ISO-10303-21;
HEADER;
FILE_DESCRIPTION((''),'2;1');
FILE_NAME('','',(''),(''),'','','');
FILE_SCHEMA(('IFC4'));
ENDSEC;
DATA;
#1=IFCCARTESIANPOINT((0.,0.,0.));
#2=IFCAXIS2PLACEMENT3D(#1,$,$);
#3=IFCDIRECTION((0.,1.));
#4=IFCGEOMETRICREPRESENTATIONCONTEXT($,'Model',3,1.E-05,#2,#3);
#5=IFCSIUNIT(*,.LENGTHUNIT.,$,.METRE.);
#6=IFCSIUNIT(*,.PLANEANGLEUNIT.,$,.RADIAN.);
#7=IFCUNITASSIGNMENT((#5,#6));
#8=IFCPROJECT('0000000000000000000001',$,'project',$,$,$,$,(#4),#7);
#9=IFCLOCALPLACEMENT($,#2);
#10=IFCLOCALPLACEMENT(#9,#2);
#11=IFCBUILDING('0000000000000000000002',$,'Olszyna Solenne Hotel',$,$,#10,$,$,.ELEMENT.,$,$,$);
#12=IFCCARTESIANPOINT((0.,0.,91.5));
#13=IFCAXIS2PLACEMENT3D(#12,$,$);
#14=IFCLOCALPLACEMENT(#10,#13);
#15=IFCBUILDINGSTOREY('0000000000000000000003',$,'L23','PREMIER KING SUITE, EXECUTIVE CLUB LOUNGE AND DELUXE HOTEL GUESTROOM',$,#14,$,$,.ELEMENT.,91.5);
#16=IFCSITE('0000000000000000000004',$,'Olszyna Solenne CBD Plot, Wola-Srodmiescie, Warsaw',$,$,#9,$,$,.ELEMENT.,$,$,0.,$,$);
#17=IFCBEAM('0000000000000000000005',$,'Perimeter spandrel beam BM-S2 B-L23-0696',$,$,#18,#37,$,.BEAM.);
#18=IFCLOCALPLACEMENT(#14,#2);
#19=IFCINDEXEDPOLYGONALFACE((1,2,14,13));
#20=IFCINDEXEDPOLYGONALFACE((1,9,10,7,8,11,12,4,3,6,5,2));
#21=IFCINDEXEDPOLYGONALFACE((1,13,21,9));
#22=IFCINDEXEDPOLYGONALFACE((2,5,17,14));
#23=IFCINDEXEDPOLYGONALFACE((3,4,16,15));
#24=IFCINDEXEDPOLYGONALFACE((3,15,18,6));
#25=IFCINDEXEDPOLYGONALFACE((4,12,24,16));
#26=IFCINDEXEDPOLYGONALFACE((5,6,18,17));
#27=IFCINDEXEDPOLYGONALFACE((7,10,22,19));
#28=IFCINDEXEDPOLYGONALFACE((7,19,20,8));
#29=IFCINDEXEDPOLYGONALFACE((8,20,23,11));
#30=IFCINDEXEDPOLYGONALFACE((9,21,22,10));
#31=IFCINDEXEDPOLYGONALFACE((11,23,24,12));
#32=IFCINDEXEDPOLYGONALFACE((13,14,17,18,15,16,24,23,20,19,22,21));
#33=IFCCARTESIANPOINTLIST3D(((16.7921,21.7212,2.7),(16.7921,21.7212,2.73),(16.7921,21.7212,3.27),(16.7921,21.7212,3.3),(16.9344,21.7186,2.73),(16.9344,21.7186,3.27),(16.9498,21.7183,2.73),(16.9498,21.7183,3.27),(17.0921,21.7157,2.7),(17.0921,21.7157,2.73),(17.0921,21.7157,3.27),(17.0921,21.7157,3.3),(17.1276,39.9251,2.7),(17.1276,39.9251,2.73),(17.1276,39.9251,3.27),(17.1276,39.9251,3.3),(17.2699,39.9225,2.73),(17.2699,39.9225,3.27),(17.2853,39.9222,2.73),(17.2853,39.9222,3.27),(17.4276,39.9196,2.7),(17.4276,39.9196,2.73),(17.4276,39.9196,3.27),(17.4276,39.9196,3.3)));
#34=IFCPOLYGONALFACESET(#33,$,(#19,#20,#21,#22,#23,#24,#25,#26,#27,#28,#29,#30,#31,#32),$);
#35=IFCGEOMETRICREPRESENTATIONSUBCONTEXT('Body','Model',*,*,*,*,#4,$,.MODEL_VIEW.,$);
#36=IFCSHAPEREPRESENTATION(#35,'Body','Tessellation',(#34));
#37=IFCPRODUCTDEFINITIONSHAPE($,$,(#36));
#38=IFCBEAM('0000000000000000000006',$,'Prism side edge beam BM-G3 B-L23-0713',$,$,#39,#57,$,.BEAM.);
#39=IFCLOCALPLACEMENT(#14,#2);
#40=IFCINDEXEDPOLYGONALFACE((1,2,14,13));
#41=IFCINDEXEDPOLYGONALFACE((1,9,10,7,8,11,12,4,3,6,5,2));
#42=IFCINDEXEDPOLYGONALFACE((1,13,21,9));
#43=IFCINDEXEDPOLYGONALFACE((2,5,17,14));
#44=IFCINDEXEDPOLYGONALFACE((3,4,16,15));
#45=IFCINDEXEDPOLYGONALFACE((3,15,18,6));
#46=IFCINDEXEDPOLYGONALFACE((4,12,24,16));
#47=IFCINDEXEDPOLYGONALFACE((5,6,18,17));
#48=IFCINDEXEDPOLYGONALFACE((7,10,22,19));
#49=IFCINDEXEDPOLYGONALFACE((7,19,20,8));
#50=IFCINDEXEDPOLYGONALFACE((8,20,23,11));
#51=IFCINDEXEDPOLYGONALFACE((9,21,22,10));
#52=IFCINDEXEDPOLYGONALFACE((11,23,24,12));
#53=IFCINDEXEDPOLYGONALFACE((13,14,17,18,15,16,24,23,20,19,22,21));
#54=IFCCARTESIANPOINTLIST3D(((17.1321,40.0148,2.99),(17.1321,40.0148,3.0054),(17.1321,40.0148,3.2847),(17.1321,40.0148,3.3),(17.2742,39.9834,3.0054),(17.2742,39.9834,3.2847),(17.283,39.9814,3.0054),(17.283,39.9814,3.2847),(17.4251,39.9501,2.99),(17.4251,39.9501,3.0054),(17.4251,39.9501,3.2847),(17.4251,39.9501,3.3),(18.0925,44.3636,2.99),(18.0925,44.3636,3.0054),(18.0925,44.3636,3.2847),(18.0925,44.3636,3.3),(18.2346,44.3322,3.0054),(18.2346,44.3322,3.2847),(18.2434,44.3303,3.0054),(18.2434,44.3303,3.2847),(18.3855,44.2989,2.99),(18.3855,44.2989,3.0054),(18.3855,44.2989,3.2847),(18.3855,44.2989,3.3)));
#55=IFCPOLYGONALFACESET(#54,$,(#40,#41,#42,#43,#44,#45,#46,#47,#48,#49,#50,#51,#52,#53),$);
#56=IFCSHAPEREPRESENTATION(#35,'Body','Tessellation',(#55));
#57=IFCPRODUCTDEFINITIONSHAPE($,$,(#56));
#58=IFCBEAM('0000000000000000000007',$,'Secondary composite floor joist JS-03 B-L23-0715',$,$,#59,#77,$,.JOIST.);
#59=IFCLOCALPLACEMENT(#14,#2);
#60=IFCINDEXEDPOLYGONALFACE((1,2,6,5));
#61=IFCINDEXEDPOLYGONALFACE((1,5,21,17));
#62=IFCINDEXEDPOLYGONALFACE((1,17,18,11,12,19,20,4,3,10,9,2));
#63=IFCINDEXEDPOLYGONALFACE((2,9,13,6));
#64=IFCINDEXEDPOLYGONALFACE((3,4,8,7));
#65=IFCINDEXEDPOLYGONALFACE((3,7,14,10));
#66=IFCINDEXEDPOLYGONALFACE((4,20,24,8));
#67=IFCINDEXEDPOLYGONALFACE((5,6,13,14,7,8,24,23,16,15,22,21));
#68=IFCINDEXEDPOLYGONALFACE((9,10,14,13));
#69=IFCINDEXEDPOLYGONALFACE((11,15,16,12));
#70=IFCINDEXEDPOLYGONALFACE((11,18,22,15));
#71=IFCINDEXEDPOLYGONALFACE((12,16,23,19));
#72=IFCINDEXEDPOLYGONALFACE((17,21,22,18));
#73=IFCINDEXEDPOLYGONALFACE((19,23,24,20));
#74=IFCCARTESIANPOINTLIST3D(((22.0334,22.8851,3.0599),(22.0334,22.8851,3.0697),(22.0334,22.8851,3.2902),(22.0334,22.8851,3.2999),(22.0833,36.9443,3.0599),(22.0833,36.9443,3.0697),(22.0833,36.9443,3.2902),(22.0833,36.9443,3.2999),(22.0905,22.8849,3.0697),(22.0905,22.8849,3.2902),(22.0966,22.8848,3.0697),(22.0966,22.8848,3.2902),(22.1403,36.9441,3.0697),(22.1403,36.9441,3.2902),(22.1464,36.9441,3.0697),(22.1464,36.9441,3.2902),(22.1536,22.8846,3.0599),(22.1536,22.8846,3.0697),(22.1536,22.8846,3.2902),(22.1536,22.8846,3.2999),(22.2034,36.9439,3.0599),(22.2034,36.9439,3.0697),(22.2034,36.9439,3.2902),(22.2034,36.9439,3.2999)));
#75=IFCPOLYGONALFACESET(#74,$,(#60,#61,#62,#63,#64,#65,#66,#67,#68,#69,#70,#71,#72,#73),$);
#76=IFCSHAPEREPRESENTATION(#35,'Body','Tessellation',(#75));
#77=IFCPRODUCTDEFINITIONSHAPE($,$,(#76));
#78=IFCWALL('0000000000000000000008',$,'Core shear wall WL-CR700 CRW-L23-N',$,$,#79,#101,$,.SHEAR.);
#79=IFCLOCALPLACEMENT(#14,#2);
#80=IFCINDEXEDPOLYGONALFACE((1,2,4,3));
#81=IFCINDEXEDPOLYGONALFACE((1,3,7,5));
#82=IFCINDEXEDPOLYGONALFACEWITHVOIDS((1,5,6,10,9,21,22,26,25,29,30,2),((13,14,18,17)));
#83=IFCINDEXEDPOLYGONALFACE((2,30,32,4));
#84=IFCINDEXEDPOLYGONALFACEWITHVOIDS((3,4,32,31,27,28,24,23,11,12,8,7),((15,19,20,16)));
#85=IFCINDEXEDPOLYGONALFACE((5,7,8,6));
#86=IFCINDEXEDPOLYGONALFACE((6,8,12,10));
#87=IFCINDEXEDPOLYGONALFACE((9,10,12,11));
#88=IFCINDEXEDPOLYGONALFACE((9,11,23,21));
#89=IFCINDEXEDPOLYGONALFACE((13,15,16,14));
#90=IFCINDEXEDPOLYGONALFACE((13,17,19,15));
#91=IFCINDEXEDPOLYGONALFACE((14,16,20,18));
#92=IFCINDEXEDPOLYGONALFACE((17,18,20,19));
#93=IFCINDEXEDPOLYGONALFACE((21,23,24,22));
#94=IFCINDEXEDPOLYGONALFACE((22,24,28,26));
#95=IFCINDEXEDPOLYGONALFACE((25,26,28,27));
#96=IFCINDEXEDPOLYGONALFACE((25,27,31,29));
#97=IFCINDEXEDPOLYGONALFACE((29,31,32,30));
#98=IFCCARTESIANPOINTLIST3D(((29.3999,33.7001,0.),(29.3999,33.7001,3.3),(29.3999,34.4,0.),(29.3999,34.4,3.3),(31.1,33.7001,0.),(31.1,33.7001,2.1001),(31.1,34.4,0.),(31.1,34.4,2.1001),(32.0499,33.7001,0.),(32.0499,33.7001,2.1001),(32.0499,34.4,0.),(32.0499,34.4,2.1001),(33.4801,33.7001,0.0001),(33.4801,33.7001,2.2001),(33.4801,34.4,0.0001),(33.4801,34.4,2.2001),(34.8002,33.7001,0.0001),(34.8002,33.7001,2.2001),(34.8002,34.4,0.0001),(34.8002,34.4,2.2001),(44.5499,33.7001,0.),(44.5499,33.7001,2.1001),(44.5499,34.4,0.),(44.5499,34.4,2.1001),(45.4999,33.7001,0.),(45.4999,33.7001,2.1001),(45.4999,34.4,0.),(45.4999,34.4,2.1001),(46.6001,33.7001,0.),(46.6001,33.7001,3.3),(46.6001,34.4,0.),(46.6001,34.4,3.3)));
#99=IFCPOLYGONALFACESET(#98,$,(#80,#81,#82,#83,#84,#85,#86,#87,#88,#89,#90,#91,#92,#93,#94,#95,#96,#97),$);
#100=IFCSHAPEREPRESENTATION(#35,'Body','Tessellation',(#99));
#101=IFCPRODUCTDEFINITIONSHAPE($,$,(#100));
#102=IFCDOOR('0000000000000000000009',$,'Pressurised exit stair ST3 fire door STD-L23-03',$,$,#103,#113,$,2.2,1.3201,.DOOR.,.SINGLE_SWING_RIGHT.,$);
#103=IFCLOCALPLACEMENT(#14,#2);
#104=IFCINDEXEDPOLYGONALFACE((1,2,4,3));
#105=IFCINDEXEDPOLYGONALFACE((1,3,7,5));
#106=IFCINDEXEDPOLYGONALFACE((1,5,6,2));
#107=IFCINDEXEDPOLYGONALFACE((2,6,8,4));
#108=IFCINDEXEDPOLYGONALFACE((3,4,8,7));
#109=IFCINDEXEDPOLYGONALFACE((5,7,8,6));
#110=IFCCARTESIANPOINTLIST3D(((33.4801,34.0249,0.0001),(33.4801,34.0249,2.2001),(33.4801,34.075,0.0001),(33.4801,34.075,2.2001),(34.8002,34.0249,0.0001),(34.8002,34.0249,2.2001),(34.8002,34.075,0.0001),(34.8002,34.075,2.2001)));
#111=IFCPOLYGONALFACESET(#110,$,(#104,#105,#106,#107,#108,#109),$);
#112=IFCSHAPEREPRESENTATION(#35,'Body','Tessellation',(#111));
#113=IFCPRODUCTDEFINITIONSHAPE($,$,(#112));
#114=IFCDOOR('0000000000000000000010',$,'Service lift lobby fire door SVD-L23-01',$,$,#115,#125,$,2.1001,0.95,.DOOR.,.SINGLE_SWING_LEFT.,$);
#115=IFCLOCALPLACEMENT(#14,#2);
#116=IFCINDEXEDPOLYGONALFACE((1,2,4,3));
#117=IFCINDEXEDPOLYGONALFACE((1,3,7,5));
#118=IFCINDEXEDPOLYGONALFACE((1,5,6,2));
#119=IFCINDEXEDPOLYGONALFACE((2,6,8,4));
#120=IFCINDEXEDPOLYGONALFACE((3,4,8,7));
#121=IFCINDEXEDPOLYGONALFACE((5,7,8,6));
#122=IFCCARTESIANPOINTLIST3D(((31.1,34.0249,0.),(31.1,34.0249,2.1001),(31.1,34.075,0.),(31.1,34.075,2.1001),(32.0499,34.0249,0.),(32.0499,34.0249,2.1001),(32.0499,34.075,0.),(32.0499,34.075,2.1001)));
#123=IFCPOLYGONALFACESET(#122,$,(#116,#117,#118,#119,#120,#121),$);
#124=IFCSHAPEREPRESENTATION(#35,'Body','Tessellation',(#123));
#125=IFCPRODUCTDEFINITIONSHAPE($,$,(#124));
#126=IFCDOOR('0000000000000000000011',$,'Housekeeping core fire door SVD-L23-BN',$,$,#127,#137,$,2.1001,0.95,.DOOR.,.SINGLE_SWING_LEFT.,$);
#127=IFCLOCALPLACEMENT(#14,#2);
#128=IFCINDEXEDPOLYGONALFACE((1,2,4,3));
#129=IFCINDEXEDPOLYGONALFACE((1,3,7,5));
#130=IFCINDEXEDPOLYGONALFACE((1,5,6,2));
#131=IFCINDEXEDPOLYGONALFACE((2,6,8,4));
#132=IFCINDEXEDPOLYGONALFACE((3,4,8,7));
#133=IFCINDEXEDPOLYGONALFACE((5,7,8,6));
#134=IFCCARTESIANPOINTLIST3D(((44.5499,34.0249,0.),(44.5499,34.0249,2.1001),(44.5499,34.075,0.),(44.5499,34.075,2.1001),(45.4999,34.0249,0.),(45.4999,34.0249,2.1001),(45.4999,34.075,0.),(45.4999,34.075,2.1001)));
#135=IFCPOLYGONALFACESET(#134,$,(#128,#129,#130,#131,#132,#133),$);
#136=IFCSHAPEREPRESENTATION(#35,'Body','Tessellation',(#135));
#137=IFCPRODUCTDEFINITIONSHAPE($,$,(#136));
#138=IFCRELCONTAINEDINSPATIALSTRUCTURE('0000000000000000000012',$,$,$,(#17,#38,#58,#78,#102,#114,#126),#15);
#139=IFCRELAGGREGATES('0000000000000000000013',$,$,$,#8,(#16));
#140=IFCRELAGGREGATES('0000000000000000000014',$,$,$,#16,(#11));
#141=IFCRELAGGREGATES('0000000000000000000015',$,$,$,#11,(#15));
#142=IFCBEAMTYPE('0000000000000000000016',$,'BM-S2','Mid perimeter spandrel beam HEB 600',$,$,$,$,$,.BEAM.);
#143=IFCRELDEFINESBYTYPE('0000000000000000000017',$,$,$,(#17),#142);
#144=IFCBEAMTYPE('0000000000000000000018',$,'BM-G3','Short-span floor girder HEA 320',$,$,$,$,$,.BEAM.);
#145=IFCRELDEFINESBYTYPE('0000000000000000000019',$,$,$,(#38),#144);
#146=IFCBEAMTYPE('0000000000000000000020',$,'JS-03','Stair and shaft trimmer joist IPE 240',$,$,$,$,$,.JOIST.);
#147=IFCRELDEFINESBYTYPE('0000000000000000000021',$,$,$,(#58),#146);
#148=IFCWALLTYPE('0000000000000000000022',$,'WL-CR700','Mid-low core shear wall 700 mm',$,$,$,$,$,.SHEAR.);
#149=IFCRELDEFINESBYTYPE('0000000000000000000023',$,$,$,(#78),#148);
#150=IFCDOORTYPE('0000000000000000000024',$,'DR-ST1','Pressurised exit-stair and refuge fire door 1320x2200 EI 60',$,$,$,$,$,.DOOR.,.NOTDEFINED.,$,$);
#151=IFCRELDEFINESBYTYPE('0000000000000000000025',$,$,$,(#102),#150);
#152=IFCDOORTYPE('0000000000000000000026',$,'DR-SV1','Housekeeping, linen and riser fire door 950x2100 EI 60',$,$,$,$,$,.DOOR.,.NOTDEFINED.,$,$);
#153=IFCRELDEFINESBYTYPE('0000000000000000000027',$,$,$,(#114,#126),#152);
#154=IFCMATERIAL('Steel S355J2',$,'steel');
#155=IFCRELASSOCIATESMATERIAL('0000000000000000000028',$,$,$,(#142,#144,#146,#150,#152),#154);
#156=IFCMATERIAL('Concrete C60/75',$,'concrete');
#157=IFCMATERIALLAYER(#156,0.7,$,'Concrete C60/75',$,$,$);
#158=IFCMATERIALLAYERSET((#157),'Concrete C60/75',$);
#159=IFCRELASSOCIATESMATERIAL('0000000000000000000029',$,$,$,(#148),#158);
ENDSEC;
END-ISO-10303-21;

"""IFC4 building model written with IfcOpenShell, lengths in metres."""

from ifc_helpers import new_model, si_unit, direction, frame, frame_2d, origin, origin_2d, place, context, subcontext, project, spatial, rectangle, i_section, extrude, source, transform, mapped, material, layer, layer_set, material_profile, profile_set, type_object, type_shapes, element, fill, save


model = new_model("IFC4")

# Units and contexts
model_context = context("Model", 3, precision=1e-05, world=origin(), true_north=direction((0.0, 1.0)))
body_context = subcontext(model_context, "Body", "Model", "MODEL_VIEW")
ifc_project = project(units=[si_unit("LENGTHUNIT", "METRE"), si_unit("PLANEANGLEUNIT", "RADIAN")], contexts=[model_context])

# Site, building, storey
site_placement = place(None, origin())
site = spatial("IfcSite", under=ifc_project, at=site_placement, Name="Olszyna Solenne CBD Plot, Wola-Srodmiescie, Warsaw", CompositionType="ELEMENT", RefElevation=0.0)
building_placement = place(site_placement, origin())
building = spatial("IfcBuilding", under=site, at=building_placement, Name="Olszyna Solenne Hotel", CompositionType="ELEMENT")
storey_placement = place(building_placement, frame((0.0, 0.0, 91.5)))
storey = spatial("IfcBuildingStorey", under=building, at=storey_placement, Name="L23", Description="PREMIER KING SUITE, EXECUTIVE CLUB LOUNGE AND DELUXE HOTEL GUESTROOM", CompositionType="ELEMENT", Elevation=91.5)

# Beams
ifc_material_1 = material(Name="Steel S355J2", Category="steel")
ifc_material_profile_1 = material_profile(ifc_material_1, i_section(OverallWidth=0.3, OverallDepth=0.6001, WebThickness=0.0154, FlangeThickness=0.03, at=origin_2d()), Name="HEB 600", Category="load-bearing")
ifc_profile_set_1 = profile_set([ifc_material_profile_1], Name="Steel S355J2")
beam_type_1 = type_object("IfcBeamType", Name="BM-S2", Description="Mid perimeter spandrel beam HEB 600", PredefinedType="BEAM", material=ifc_profile_set_1)
shared_shape_1 = source(origin(), body_context, "Body", "SweptSolid", [
    extrude(i_section(OverallWidth=0.3, OverallDepth=0.6001, WebThickness=0.0154, FlangeThickness=0.03, at=origin_2d()), origin(), (0.0, 0.0, 1.0), 18.207),
])
beam_1_placement = place(storey_placement, frame((17.2776, 39.9224, 3.0), z_axis=(-0.018424, -0.99983, 0.0), x_axis=(0.99983, -0.018424, 0.0)))
element("IfcBeam", 1, at=beam_1_placement, inside=storey, type_object=beam_type_1, Name="Perimeter spandrel beam BM-S2 B-L23-0696", PredefinedType="BEAM", context=body_context, shape_type="MappedRepresentation", body=[
    mapped(shared_shape_1, transform((0.0, 0.0, 0.0), x_axis=(1.0, 0.0, 0.0), y_axis=(0.0, 1.0, 0.0), z_axis=(0.0, 0.0, 1.0), scale=1.0)),
])
ifc_material_profile_2 = material_profile(ifc_material_1, i_section(OverallWidth=0.3, OverallDepth=0.3101, WebThickness=0.009, FlangeThickness=0.0154, at=origin_2d()), Name="HEA 320", Category="load-bearing")
ifc_profile_set_2 = profile_set([ifc_material_profile_2], Name="Steel S355J2")
beam_type_2 = type_object("IfcBeamType", Name="BM-G3", Description="Short-span floor girder HEA 320", PredefinedType="BEAM", material=ifc_profile_set_2)
shared_shape_2 = source(origin(), body_context, "Body", "SweptSolid", [
    extrude(i_section(OverallWidth=0.3, OverallDepth=0.3101, WebThickness=0.009, FlangeThickness=0.0154, at=origin_2d()), origin(), (0.0, 0.0, 1.0), 4.4536),
])
beam_2_placement = place(storey_placement, frame((17.2786, 39.9824, 3.145), z_axis=(0.215653, 0.97647, 0.0), x_axis=(-0.97647, 0.215653, 0.0)))
element("IfcBeam", 2, at=beam_2_placement, inside=storey, type_object=beam_type_2, Name="Prism side edge beam BM-G3 B-L23-0713", PredefinedType="BEAM", context=body_context, shape_type="MappedRepresentation", body=[
    mapped(shared_shape_2, transform((0.0, 0.0, 0.0), x_axis=(1.0, 0.0, 0.0), y_axis=(0.0, 1.0, 0.0), z_axis=(0.0, 0.0, 1.0), scale=1.0)),
])
ifc_material_profile_3 = material_profile(ifc_material_1, i_section(OverallWidth=0.1201, OverallDepth=0.24, WebThickness=0.0061, FlangeThickness=0.0098, at=origin_2d()), Name="IPE 240", Category="load-bearing")
ifc_profile_set_3 = profile_set([ifc_material_profile_3], Name="Steel S355J2")
beam_type_3 = type_object("IfcBeamType", Name="JS-03", Description="Stair and shaft trimmer joist IPE 240", PredefinedType="JOIST", material=ifc_profile_set_3)
shared_shape_3 = source(origin(), body_context, "Body", "SweptSolid", [
    extrude(i_section(OverallWidth=0.1201, OverallDepth=0.24, WebThickness=0.0061, FlangeThickness=0.0098, at=origin_2d()), origin(), (0.0, 0.0, 1.0), 14.0593),
])
beam_3_placement = place(storey_placement, frame((22.1433, 36.9441, 3.1799), z_axis=(-0.003542, -0.999994, 0.0), x_axis=(0.999994, -0.003542, 0.0)))
element("IfcBeam", 3, at=beam_3_placement, inside=storey, type_object=beam_type_3, Name="Secondary composite floor joist JS-03 B-L23-0715", PredefinedType="JOIST", context=body_context, shape_type="MappedRepresentation", body=[
    mapped(shared_shape_3, transform((0.0, 0.0, 0.0), x_axis=(1.0, 0.0, 0.0), y_axis=(0.0, 1.0, 0.0), z_axis=(0.0, 0.0, 1.0), scale=1.0)),
])

# Wall, openings, doors
ifc_material_2 = material(Name="Concrete C60/75", Category="concrete")
ifc_layer_1 = layer(ifc_material_2, 0.7, Name="Concrete C60/75")
ifc_layer_set_1 = layer_set([ifc_layer_1], Name="Concrete C60/75")
wall_type_1 = type_object("IfcWallType", Name="WL-CR700", Description="Mid-low core shear wall 700 mm", PredefinedType="SHEAR", material=ifc_layer_set_1)
wall_1_placement = place(storey_placement, frame((29.3999, 34.05, 0.0), z_axis=(0.0, 0.0, 1.0), x_axis=(1.0, 0.0, 0.0)))
wall_1 = element("IfcWall", 4, at=wall_1_placement, inside=storey, type_object=wall_type_1, Name="Core shear wall WL-CR700 CRW-L23-N", PredefinedType="SHEAR", context=body_context, shape_type="SweptSolid", body=[
    extrude(rectangle(XDim=17.2002, YDim=0.7, at=frame_2d((8.6001, 0.0))), origin(), (0.0, 0.0, 1.0), 3.3),
])
opening_1_placement = place(wall_1_placement, frame((1.7, 0.0, 0.0)))
opening_1 = element("IfcOpeningElement", 5, at=opening_1_placement, cuts=wall_1, PredefinedType="OPENING", context=body_context, shape_type="SweptSolid", body=[
    extrude(rectangle(XDim=0.95, YDim=2.1001, at=frame_2d((0.4751, 1.05))), frame((0.0, 0.3599, 0.0), z_axis=(0.0, -1.0, 0.0), x_axis=(1.0, 0.0, 0.0)), (0.0, 0.0, 1.0), 0.72),
])
opening_2_placement = place(wall_1_placement, frame((4.0801, 0.0, 0.0)))
opening_2 = element("IfcOpeningElement", 6, at=opening_2_placement, cuts=wall_1, PredefinedType="OPENING", context=body_context, shape_type="SweptSolid", body=[
    extrude(rectangle(XDim=1.3201, YDim=2.2, at=frame_2d((0.6602, 1.1001))), frame((0.0, 0.3599, 0.0), z_axis=(0.0, -1.0, 0.0), x_axis=(1.0, 0.0, 0.0)), (0.0, 0.0, 1.0), 0.72),
])
opening_3_placement = place(wall_1_placement, frame((15.1499, 0.0, 0.0)))
opening_3 = element("IfcOpeningElement", 7, at=opening_3_placement, cuts=wall_1, PredefinedType="OPENING", context=body_context, shape_type="SweptSolid", body=[
    extrude(rectangle(XDim=0.95, YDim=2.1001, at=frame_2d((0.4751, 1.05))), frame((0.0, 0.3599, 0.0), z_axis=(0.0, -1.0, 0.0), x_axis=(1.0, 0.0, 0.0)), (0.0, 0.0, 1.0), 0.72),
])
door_type_1 = type_object("IfcDoorType", Name="DR-ST1", Description="Pressurised exit-stair and refuge fire door 1320x2200 EI 60", OperationType="NOTDEFINED", PredefinedType="DOOR", material=ifc_material_1)
shared_shape_4 = source(origin(), body_context, "Body", "SweptSolid", [
    extrude(rectangle(XDim=1.3201, YDim=2.2, at=frame_2d((0.6602, 1.1001))), frame((0.0, 0.0249, 0.0), z_axis=(0.0, -1.0, 0.0), x_axis=(1.0, 0.0, 0.0)), (0.0, 0.0, 1.0), 0.05),
])
type_shapes(door_type_1, [shared_shape_4])
door_1_placement = place(opening_2_placement, origin())
door_1 = element("IfcDoor", 8, at=door_1_placement, inside=storey, type_object=door_type_1, Name="Pressurised exit stair ST3 fire door STD-L23-03", OperationType="SINGLE_SWING_RIGHT", OverallHeight=2.2, OverallWidth=1.3201, PredefinedType="DOOR", context=body_context, shape_type="MappedRepresentation", body=[
    mapped(shared_shape_4, transform((0.0, 0.0, 0.0), x_axis=(1.0, 0.0, 0.0), y_axis=(0.0, 1.0, 0.0), z_axis=(0.0, 0.0, 1.0), scale=1.0)),
])
fill(opening_2, door_1)
door_type_2 = type_object("IfcDoorType", Name="DR-SV1", Description="Housekeeping, linen and riser fire door 950x2100 EI 60", OperationType="NOTDEFINED", PredefinedType="DOOR", material=ifc_material_1)
shared_shape_5 = source(origin(), body_context, "Body", "SweptSolid", [
    extrude(rectangle(XDim=0.95, YDim=2.1001, at=frame_2d((0.4751, 1.05))), frame((0.0, 0.0249, 0.0), z_axis=(0.0, -1.0, 0.0), x_axis=(1.0, 0.0, 0.0)), (0.0, 0.0, 1.0), 0.05),
])
type_shapes(door_type_2, [shared_shape_5])
door_2_placement = place(opening_1_placement, origin())
door_2 = element("IfcDoor", 9, at=door_2_placement, inside=storey, type_object=door_type_2, Name="Service lift lobby fire door SVD-L23-01", OperationType="SINGLE_SWING_LEFT", OverallHeight=2.1001, OverallWidth=0.95, PredefinedType="DOOR", context=body_context, shape_type="MappedRepresentation", body=[
    mapped(shared_shape_5, transform((0.0, 0.0, 0.0), x_axis=(1.0, 0.0, 0.0), y_axis=(0.0, 1.0, 0.0), z_axis=(0.0, 0.0, 1.0), scale=1.0)),
])
fill(opening_1, door_2)
door_3_placement = place(opening_3_placement, origin())
door_3 = element("IfcDoor", 10, at=door_3_placement, inside=storey, type_object=door_type_2, Name="Housekeeping core fire door SVD-L23-BN", OperationType="SINGLE_SWING_LEFT", OverallHeight=2.1001, OverallWidth=0.95, PredefinedType="DOOR", context=body_context, shape_type="MappedRepresentation", body=[
    mapped(shared_shape_5, transform((0.0, 0.0, 0.0), x_axis=(1.0, 0.0, 0.0), y_axis=(0.0, 1.0, 0.0), z_axis=(0.0, 0.0, 1.0), scale=1.0)),
])
fill(opening_3, door_3)

save(model, "model.ifc")
